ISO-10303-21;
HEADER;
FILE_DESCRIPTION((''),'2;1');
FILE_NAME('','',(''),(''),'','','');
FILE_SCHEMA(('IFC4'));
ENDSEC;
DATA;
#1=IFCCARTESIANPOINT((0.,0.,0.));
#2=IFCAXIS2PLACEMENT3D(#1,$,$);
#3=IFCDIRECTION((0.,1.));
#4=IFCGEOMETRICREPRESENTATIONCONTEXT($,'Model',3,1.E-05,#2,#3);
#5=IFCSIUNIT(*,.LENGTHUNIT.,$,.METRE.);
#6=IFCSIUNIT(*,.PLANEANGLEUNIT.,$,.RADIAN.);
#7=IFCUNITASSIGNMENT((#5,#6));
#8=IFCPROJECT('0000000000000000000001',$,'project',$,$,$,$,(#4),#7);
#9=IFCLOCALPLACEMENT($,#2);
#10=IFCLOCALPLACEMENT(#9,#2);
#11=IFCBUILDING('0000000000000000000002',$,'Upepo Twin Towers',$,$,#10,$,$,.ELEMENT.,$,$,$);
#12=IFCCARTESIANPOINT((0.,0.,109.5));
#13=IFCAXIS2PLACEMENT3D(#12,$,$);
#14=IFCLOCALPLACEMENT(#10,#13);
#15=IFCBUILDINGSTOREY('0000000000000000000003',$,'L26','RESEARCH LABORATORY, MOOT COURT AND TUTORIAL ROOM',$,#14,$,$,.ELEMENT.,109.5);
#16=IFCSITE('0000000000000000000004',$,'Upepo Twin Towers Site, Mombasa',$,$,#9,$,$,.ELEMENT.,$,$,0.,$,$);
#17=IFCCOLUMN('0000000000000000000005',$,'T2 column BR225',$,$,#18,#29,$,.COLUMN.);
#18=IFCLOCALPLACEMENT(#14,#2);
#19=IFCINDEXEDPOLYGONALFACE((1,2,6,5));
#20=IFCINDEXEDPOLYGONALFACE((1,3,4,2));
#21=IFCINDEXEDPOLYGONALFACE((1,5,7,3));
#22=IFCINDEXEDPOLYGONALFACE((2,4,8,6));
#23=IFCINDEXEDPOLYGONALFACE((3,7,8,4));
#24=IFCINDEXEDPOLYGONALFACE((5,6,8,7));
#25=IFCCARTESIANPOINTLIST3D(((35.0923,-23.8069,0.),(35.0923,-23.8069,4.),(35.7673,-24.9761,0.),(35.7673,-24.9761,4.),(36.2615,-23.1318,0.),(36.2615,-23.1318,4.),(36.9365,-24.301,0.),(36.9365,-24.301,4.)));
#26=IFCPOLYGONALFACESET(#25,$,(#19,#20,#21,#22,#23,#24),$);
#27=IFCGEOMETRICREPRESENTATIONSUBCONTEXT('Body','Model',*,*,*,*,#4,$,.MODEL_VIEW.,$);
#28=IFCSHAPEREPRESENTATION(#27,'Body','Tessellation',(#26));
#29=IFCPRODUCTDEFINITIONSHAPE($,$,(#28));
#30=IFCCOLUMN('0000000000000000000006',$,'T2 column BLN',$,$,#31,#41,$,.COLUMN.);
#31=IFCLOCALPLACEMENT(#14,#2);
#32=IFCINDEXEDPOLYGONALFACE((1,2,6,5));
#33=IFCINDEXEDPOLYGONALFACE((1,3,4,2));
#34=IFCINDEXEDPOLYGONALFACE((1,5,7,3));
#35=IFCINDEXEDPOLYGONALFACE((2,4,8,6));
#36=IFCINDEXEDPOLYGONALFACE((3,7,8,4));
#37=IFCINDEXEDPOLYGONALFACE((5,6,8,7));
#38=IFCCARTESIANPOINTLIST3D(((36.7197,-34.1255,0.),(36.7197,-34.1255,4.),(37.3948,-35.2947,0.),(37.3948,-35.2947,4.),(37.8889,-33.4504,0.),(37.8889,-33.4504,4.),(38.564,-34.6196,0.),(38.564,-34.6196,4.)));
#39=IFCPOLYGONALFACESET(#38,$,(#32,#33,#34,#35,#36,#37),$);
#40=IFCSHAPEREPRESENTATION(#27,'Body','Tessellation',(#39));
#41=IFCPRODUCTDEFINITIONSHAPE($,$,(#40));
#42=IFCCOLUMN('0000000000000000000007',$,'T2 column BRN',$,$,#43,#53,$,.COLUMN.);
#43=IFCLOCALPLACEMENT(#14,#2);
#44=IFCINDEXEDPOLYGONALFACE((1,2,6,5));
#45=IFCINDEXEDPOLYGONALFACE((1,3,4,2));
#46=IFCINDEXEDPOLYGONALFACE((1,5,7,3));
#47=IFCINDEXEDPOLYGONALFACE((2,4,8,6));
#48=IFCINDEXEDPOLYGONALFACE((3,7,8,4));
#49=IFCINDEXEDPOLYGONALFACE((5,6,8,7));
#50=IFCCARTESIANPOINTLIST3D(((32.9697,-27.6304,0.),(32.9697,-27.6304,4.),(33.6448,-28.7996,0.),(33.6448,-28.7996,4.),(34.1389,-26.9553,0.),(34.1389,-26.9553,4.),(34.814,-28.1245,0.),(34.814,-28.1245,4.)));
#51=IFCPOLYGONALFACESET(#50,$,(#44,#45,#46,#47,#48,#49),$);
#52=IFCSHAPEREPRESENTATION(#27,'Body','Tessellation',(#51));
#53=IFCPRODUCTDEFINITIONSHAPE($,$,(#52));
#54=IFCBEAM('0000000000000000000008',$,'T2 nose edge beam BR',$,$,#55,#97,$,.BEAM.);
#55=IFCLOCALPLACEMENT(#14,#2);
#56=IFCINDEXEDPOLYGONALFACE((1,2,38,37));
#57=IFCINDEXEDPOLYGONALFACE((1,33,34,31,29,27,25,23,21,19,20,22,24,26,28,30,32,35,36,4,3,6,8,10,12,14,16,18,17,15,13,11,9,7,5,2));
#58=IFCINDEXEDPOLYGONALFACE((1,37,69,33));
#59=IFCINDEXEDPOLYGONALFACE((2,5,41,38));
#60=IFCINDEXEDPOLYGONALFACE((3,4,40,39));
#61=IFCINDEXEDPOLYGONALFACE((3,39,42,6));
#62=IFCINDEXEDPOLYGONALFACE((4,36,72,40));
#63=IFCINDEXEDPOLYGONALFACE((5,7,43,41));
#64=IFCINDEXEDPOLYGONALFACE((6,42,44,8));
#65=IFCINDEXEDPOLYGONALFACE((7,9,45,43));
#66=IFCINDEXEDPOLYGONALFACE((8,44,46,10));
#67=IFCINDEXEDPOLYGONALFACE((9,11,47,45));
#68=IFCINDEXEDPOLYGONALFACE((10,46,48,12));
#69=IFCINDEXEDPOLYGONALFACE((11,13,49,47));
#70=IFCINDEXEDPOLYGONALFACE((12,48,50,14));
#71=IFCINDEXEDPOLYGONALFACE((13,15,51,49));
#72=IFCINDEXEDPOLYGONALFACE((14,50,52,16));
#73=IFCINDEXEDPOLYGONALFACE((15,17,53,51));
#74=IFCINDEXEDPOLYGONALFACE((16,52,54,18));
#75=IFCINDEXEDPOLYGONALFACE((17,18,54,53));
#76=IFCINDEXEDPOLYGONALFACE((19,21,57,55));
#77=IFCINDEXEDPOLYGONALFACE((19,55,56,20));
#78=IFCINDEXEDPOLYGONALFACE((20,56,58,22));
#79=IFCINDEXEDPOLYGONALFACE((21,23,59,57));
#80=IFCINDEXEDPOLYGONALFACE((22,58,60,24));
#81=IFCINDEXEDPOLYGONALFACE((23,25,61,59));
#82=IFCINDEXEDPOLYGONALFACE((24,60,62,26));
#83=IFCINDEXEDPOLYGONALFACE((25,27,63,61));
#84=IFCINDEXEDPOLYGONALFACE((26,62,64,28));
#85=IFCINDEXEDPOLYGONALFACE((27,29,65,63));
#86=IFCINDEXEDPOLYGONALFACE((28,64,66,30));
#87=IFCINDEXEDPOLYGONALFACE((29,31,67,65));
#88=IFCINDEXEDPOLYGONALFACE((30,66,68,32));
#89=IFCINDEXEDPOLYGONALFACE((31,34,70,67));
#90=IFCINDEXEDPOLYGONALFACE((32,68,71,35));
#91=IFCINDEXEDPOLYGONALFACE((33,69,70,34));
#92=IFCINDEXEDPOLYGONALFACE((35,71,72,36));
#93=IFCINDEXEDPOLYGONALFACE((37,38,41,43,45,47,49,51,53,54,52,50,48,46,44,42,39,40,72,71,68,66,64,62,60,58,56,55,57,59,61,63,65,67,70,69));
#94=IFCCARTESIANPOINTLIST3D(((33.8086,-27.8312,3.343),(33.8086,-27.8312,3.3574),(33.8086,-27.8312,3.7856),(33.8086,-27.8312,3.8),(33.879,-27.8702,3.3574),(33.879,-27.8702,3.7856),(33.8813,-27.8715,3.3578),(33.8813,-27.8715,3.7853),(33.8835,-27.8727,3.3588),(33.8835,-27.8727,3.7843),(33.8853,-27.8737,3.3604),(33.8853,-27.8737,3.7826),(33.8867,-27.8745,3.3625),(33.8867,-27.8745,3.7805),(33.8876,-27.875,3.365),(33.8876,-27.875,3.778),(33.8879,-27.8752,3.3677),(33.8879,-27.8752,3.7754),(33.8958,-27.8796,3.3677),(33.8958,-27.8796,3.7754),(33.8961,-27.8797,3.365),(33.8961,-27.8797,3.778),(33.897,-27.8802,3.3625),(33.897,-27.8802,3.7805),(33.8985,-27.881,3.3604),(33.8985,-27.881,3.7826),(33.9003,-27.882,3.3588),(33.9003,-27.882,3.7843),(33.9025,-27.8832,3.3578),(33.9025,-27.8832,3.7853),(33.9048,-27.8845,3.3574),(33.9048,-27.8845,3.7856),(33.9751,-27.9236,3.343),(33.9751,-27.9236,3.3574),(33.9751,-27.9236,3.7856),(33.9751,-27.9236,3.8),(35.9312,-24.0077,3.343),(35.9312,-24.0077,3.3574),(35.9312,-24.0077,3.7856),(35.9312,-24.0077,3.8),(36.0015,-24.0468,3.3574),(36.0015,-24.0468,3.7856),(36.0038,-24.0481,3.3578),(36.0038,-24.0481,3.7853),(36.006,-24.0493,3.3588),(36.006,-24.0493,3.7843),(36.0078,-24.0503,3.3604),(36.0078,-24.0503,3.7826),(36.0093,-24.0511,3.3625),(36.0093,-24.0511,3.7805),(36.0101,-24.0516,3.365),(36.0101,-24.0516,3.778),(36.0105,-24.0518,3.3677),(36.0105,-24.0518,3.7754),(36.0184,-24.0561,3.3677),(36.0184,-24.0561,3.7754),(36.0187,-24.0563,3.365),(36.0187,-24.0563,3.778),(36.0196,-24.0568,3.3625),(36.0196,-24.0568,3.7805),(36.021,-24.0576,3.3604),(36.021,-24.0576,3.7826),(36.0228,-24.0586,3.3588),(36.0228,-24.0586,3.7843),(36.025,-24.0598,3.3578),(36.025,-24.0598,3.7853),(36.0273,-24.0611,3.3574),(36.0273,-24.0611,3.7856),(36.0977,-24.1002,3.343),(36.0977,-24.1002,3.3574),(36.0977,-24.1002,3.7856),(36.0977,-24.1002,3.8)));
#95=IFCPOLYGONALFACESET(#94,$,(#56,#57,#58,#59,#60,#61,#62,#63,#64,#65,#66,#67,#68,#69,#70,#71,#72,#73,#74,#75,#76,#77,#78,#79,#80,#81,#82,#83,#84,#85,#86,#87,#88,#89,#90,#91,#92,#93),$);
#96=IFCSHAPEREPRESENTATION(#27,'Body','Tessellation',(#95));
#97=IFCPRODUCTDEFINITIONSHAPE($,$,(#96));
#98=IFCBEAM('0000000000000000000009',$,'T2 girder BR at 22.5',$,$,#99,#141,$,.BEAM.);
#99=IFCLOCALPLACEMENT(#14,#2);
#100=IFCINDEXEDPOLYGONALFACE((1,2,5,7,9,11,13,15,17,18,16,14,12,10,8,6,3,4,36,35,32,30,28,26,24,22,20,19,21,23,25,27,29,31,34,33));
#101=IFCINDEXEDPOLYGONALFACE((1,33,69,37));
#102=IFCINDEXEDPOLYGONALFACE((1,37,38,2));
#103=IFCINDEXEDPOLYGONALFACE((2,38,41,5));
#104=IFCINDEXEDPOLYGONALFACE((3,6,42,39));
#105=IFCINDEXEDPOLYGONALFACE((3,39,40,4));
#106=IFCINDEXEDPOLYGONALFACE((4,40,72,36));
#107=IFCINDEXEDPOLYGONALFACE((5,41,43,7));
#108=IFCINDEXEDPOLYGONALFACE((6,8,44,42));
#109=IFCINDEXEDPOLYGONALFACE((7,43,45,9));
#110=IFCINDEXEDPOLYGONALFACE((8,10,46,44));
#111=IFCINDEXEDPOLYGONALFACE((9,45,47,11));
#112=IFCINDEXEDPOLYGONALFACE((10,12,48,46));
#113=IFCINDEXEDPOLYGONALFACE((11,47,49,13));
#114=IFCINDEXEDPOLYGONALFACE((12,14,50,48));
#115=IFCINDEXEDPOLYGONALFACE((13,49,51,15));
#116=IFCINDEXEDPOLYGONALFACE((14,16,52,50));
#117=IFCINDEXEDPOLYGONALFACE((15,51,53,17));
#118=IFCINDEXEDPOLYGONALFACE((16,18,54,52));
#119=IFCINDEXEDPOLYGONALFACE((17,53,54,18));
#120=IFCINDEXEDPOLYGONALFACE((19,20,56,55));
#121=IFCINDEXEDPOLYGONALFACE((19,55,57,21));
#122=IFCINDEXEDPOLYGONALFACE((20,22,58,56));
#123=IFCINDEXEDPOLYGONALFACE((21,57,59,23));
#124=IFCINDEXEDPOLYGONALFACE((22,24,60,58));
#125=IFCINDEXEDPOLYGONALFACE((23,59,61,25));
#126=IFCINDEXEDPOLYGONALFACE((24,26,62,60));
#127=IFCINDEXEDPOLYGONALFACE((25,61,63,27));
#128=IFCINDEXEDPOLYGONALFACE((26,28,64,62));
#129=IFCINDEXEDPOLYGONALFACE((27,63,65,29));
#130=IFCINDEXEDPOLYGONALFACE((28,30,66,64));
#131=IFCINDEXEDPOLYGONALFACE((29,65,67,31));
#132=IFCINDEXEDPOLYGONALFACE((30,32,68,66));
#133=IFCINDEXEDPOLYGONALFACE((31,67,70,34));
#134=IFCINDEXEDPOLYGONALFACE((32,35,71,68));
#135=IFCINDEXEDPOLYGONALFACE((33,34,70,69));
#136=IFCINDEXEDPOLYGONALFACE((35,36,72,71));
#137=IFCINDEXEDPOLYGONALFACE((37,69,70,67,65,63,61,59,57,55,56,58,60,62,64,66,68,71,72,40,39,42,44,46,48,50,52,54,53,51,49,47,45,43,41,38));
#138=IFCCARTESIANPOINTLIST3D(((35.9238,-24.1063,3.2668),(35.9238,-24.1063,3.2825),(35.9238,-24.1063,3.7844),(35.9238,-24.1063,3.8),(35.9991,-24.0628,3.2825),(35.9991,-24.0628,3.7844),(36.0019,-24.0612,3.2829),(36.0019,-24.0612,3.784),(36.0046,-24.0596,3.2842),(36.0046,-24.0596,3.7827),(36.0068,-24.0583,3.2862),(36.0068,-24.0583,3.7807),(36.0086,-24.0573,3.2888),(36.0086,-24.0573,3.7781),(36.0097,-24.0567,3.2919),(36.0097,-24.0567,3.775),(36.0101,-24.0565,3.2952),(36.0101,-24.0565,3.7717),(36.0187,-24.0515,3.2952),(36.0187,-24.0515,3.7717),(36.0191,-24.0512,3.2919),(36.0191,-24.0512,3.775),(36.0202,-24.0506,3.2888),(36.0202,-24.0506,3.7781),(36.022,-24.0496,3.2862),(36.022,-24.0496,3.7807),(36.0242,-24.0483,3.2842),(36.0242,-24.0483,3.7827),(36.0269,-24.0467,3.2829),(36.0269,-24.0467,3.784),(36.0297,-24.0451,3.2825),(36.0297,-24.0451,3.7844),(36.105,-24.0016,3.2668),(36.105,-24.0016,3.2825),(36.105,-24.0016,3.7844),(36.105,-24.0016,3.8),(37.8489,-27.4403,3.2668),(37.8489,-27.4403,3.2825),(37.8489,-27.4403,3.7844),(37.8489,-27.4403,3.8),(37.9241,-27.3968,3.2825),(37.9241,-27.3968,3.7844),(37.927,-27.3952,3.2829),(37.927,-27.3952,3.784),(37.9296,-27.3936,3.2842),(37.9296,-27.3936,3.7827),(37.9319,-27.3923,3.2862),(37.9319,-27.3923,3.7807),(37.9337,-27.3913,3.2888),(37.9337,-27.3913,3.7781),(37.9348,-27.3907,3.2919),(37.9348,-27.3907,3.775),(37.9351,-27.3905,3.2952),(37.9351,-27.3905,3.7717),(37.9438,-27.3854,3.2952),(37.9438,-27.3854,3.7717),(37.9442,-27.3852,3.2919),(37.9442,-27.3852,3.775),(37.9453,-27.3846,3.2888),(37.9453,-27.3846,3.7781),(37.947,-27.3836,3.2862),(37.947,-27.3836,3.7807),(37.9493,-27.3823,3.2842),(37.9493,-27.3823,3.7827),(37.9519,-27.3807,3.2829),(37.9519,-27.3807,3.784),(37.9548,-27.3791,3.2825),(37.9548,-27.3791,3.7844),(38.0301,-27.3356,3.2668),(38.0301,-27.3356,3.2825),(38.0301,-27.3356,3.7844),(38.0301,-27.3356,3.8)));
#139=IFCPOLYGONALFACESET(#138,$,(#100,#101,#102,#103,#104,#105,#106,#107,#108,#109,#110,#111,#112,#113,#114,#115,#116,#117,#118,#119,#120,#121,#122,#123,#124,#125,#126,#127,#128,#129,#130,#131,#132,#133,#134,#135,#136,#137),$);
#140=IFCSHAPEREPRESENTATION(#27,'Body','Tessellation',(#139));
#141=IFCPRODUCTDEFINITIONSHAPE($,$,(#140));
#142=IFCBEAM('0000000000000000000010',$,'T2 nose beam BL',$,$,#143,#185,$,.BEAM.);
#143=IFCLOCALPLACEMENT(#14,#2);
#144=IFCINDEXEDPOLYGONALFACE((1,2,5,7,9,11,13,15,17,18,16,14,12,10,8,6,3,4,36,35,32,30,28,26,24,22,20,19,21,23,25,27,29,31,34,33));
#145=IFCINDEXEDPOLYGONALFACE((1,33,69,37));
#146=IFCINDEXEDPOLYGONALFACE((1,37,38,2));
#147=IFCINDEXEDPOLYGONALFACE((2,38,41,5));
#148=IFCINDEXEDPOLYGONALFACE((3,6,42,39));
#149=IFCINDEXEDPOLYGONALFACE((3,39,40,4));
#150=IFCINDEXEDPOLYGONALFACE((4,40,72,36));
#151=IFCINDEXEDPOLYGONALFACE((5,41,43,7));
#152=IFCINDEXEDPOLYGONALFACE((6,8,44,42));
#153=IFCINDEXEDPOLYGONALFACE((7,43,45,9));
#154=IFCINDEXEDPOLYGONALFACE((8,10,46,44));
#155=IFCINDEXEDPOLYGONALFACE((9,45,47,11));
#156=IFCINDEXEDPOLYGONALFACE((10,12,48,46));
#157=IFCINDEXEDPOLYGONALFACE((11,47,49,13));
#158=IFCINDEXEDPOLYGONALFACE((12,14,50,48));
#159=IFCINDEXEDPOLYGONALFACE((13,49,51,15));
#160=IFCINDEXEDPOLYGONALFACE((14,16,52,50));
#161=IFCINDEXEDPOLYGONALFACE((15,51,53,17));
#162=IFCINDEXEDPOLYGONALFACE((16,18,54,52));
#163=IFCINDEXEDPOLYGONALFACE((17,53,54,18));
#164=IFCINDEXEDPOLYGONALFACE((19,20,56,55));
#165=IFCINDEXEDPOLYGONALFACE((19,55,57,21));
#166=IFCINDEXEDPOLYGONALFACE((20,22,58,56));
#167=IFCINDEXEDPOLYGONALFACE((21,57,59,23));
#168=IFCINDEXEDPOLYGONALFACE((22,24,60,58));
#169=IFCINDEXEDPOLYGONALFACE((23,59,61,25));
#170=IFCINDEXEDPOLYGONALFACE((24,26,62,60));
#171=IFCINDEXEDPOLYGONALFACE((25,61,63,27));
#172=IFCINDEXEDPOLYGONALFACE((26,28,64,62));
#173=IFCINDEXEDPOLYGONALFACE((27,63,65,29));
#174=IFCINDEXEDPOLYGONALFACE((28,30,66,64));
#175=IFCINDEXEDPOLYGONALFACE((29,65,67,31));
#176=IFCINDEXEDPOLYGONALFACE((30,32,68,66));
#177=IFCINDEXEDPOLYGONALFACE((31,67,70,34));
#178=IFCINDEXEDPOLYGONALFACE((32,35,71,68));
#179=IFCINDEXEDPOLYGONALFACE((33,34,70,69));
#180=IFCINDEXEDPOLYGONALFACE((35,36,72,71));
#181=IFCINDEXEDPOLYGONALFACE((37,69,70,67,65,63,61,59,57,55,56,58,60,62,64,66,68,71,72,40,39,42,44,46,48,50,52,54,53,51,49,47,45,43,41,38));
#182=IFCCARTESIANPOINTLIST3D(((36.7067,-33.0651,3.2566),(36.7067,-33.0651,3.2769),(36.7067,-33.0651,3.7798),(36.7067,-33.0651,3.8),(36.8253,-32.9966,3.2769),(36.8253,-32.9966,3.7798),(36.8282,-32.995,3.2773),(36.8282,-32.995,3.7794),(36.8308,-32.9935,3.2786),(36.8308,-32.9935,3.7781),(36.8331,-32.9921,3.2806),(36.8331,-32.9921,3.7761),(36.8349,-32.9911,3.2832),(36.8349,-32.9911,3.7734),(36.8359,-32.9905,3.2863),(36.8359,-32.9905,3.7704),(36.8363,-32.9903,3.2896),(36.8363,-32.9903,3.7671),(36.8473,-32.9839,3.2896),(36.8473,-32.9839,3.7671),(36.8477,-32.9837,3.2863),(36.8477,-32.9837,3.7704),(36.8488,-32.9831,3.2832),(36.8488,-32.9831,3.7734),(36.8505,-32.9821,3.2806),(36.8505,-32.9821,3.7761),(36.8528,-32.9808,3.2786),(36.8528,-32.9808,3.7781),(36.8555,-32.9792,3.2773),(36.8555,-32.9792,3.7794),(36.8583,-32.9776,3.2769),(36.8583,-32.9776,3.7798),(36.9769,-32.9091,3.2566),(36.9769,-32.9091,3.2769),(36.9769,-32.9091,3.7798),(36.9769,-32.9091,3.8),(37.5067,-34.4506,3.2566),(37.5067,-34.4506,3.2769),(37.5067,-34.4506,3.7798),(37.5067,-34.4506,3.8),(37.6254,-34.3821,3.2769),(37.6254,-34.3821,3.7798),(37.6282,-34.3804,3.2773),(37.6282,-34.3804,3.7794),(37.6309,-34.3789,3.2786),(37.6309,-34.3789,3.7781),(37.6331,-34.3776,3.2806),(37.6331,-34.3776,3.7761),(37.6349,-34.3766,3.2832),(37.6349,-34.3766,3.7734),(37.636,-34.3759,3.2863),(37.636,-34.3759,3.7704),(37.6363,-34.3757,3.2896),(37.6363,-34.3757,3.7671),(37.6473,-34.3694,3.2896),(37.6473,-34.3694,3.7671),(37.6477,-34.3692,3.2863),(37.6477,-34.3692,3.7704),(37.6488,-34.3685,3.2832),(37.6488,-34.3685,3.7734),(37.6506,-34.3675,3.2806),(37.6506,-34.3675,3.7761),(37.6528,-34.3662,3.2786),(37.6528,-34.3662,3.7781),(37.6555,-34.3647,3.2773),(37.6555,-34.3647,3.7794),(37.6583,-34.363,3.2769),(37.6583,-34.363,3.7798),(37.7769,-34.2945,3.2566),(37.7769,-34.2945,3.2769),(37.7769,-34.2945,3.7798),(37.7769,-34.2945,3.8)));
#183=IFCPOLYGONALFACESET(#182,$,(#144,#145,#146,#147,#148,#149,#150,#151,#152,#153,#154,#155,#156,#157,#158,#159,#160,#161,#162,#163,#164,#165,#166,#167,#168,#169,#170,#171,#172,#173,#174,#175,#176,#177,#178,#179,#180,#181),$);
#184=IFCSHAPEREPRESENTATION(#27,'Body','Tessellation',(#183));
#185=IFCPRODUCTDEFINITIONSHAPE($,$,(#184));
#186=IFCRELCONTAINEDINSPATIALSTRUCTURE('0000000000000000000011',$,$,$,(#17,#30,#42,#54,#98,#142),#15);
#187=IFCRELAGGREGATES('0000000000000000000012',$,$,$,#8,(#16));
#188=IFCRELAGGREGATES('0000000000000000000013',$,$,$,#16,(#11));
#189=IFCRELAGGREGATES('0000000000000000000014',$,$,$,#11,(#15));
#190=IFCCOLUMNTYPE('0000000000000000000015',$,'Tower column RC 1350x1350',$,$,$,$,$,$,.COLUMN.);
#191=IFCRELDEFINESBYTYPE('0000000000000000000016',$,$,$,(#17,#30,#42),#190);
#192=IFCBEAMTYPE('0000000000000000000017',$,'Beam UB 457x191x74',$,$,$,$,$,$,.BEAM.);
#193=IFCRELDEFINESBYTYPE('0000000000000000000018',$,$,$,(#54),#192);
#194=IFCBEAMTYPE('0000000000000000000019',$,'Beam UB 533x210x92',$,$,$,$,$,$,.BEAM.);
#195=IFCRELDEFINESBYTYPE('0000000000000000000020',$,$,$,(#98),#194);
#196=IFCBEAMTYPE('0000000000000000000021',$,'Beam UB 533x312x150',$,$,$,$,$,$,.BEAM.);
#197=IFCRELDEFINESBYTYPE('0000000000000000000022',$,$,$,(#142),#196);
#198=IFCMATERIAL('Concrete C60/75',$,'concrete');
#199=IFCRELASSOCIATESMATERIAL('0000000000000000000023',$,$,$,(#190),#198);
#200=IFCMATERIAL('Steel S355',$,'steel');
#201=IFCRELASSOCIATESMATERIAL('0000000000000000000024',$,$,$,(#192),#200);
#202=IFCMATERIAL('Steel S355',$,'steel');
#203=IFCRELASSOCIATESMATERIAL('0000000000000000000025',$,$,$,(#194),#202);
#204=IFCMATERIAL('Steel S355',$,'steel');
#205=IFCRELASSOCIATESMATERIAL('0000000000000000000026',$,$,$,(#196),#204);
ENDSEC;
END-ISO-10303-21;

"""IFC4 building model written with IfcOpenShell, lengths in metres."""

from ifc_helpers import new_model, si_unit, direction, frame, origin, origin_2d, place, context, subcontext, project, spatial, rectangle, i_section, extrude, material, material_profile, profile_set, type_object, element, save


model = new_model("IFC4")

# Units and contexts
model_context = context("Model", 3, precision=1e-05, world=origin(), true_north=direction((0.0, 1.0)))
body_context = subcontext(model_context, "Body", "Model", "MODEL_VIEW")
ifc_project = project(units=[si_unit("LENGTHUNIT", "METRE"), si_unit("PLANEANGLEUNIT", "RADIAN")], contexts=[model_context])

# Site, building, storey
site_placement = place(None, origin())
site = spatial("IfcSite", under=ifc_project, at=site_placement, Name="Upepo Twin Towers Site, Mombasa", CompositionType="ELEMENT", RefElevation=0.0)
building_placement = place(site_placement, origin())
building = spatial("IfcBuilding", under=site, at=building_placement, Name="Upepo Twin Towers", CompositionType="ELEMENT")
storey_placement = place(building_placement, frame((0.0, 0.0, 109.5)))
storey = spatial("IfcBuildingStorey", under=building, at=storey_placement, Name="L26", Description="RESEARCH LABORATORY, MOOT COURT AND TUTORIAL ROOM", CompositionType="ELEMENT", Elevation=109.5)

# Columns
ifc_material_1 = material(Name="Concrete C60/75", Category="concrete")
ifc_material_profile_1 = material_profile(ifc_material_1, rectangle(XDim=1.3501, YDim=1.3501, at=origin_2d()), Name="RC 1350x1350")
ifc_profile_set_1 = profile_set([ifc_material_profile_1], Name="Concrete C60/75")
column_type = type_object("IfcColumnType", Name="Tower column RC 1350x1350", PredefinedType="COLUMN", material=ifc_profile_set_1)
for number, where, z_axis, x_axis, name in (
    (1, (36.0144, -24.054, 0.0), (0.0, 0.0, 1.0), (0.866025, 0.5, 0.0), "T2 column BR225"),
    (2, (37.6418, -34.3726, 0.0), (0.0, 0.0, 1.0), (0.866025, 0.5, 0.0), "T2 column BLN"),
    (3, (33.8918, -27.8774, 0.0), (0.0, 0.0, 1.0), (0.866025, 0.5, 0.0), "T2 column BRN"),
):
    element("IfcColumn", number, at=place(storey_placement, frame(where, z_axis=z_axis, x_axis=x_axis)), inside=storey, type_object=column_type, Name=name, PredefinedType="COLUMN", context=body_context, shape_type="SweptSolid", body=[
        extrude(rectangle(XDim=1.3501, YDim=1.3501, at=origin_2d()), origin(), (0.0, 0.0, 1.0), 4.0),
    ])

# Beams
ifc_material_2 = material(Name="Steel S355", Category="steel")
ifc_material_profile_2 = material_profile(ifc_material_2, i_section(OverallWidth=0.1904, OverallDepth=0.457, WebThickness=0.009, FlangeThickness=0.0144, FilletRadius=0.0103, at=origin_2d()), Name="UB 457x191x74")
ifc_profile_set_2 = profile_set([ifc_material_profile_2], Name="Steel S355")
beam_type_1 = type_object("IfcBeamType", Name="Beam UB 457x191x74", PredefinedType="BEAM", material=ifc_profile_set_2)
beam_1_placement = place(storey_placement, frame((36.0144, -24.054, 3.5715), z_axis=(-0.485363, -0.874313, 0.0), x_axis=(0.874313, -0.485363, 0.0)))
element("IfcBeam", 4, at=beam_1_placement, inside=storey, type_object=beam_type_1, Name="T2 nose edge beam BR", PredefinedType="BEAM", context=body_context, shape_type="SweptSolid", body=[
    extrude(i_section(OverallWidth=0.1904, OverallDepth=0.457, WebThickness=0.009, FlangeThickness=0.0144, FilletRadius=0.0103, at=origin_2d()), origin(), (0.0, 0.0, 1.0), 4.373),
])
ifc_material_3 = material(Name="Steel S355", Category="steel")
ifc_material_profile_3 = material_profile(ifc_material_3, i_section(OverallWidth=0.2092, OverallDepth=0.5332, WebThickness=0.01, FlangeThickness=0.0156, FilletRadius=0.0127, at=origin_2d()), Name="UB 533x210x92")
ifc_profile_set_3 = profile_set([ifc_material_profile_3], Name="Steel S355")
beam_type_2 = type_object("IfcBeamType", Name="Beam UB 533x210x92", PredefinedType="BEAM", material=ifc_profile_set_3)
beam_2_placement = place(storey_placement, frame((36.0144, -24.054, 3.5334), z_axis=(0.500034, -0.866006, 0.0), x_axis=(0.866006, 0.500034, 0.0)))
element("IfcBeam", 5, at=beam_2_placement, inside=storey, type_object=beam_type_2, Name="T2 girder BR at 22.5", PredefinedType="BEAM", context=body_context, shape_type="SweptSolid", body=[
    extrude(i_section(OverallWidth=0.2092, OverallDepth=0.5332, WebThickness=0.01, FlangeThickness=0.0156, FilletRadius=0.0127, at=origin_2d()), origin(), (0.0, 0.0, 1.0), 3.8499),
])
ifc_material_4 = material(Name="Steel S355", Category="steel")
ifc_material_profile_4 = material_profile(ifc_material_4, i_section(OverallWidth=0.312, OverallDepth=0.5435, WebThickness=0.0127, FlangeThickness=0.0203, FilletRadius=0.0127, at=origin_2d()), Name="UB 533x312x150")
ifc_profile_set_4 = profile_set([ifc_material_profile_4], Name="Steel S355")
beam_type_3 = type_object("IfcBeamType", Name="Beam UB 533x312x150", PredefinedType="BEAM", material=ifc_profile_set_4)
for number, where, z_axis, x_axis, name in (
    (6, (37.6418, -34.3726, 3.5283), (-0.500061, 0.86599, 0.0), (-0.86599, -0.500061, 0.0), "T2 nose beam BL"),
):
    element("IfcBeam", number, at=place(storey_placement, frame(where, z_axis=z_axis, x_axis=x_axis)), inside=storey, type_object=beam_type_3, Name=name, PredefinedType="BEAM", context=body_context, shape_type="SweptSolid", body=[
        extrude(i_section(OverallWidth=0.312, OverallDepth=0.5435, WebThickness=0.0127, FlangeThickness=0.0203, FilletRadius=0.0127, at=origin_2d()), origin(), (0.0, 0.0, 1.0), 1.5999),
    ])

save(model, "model.ifc")
